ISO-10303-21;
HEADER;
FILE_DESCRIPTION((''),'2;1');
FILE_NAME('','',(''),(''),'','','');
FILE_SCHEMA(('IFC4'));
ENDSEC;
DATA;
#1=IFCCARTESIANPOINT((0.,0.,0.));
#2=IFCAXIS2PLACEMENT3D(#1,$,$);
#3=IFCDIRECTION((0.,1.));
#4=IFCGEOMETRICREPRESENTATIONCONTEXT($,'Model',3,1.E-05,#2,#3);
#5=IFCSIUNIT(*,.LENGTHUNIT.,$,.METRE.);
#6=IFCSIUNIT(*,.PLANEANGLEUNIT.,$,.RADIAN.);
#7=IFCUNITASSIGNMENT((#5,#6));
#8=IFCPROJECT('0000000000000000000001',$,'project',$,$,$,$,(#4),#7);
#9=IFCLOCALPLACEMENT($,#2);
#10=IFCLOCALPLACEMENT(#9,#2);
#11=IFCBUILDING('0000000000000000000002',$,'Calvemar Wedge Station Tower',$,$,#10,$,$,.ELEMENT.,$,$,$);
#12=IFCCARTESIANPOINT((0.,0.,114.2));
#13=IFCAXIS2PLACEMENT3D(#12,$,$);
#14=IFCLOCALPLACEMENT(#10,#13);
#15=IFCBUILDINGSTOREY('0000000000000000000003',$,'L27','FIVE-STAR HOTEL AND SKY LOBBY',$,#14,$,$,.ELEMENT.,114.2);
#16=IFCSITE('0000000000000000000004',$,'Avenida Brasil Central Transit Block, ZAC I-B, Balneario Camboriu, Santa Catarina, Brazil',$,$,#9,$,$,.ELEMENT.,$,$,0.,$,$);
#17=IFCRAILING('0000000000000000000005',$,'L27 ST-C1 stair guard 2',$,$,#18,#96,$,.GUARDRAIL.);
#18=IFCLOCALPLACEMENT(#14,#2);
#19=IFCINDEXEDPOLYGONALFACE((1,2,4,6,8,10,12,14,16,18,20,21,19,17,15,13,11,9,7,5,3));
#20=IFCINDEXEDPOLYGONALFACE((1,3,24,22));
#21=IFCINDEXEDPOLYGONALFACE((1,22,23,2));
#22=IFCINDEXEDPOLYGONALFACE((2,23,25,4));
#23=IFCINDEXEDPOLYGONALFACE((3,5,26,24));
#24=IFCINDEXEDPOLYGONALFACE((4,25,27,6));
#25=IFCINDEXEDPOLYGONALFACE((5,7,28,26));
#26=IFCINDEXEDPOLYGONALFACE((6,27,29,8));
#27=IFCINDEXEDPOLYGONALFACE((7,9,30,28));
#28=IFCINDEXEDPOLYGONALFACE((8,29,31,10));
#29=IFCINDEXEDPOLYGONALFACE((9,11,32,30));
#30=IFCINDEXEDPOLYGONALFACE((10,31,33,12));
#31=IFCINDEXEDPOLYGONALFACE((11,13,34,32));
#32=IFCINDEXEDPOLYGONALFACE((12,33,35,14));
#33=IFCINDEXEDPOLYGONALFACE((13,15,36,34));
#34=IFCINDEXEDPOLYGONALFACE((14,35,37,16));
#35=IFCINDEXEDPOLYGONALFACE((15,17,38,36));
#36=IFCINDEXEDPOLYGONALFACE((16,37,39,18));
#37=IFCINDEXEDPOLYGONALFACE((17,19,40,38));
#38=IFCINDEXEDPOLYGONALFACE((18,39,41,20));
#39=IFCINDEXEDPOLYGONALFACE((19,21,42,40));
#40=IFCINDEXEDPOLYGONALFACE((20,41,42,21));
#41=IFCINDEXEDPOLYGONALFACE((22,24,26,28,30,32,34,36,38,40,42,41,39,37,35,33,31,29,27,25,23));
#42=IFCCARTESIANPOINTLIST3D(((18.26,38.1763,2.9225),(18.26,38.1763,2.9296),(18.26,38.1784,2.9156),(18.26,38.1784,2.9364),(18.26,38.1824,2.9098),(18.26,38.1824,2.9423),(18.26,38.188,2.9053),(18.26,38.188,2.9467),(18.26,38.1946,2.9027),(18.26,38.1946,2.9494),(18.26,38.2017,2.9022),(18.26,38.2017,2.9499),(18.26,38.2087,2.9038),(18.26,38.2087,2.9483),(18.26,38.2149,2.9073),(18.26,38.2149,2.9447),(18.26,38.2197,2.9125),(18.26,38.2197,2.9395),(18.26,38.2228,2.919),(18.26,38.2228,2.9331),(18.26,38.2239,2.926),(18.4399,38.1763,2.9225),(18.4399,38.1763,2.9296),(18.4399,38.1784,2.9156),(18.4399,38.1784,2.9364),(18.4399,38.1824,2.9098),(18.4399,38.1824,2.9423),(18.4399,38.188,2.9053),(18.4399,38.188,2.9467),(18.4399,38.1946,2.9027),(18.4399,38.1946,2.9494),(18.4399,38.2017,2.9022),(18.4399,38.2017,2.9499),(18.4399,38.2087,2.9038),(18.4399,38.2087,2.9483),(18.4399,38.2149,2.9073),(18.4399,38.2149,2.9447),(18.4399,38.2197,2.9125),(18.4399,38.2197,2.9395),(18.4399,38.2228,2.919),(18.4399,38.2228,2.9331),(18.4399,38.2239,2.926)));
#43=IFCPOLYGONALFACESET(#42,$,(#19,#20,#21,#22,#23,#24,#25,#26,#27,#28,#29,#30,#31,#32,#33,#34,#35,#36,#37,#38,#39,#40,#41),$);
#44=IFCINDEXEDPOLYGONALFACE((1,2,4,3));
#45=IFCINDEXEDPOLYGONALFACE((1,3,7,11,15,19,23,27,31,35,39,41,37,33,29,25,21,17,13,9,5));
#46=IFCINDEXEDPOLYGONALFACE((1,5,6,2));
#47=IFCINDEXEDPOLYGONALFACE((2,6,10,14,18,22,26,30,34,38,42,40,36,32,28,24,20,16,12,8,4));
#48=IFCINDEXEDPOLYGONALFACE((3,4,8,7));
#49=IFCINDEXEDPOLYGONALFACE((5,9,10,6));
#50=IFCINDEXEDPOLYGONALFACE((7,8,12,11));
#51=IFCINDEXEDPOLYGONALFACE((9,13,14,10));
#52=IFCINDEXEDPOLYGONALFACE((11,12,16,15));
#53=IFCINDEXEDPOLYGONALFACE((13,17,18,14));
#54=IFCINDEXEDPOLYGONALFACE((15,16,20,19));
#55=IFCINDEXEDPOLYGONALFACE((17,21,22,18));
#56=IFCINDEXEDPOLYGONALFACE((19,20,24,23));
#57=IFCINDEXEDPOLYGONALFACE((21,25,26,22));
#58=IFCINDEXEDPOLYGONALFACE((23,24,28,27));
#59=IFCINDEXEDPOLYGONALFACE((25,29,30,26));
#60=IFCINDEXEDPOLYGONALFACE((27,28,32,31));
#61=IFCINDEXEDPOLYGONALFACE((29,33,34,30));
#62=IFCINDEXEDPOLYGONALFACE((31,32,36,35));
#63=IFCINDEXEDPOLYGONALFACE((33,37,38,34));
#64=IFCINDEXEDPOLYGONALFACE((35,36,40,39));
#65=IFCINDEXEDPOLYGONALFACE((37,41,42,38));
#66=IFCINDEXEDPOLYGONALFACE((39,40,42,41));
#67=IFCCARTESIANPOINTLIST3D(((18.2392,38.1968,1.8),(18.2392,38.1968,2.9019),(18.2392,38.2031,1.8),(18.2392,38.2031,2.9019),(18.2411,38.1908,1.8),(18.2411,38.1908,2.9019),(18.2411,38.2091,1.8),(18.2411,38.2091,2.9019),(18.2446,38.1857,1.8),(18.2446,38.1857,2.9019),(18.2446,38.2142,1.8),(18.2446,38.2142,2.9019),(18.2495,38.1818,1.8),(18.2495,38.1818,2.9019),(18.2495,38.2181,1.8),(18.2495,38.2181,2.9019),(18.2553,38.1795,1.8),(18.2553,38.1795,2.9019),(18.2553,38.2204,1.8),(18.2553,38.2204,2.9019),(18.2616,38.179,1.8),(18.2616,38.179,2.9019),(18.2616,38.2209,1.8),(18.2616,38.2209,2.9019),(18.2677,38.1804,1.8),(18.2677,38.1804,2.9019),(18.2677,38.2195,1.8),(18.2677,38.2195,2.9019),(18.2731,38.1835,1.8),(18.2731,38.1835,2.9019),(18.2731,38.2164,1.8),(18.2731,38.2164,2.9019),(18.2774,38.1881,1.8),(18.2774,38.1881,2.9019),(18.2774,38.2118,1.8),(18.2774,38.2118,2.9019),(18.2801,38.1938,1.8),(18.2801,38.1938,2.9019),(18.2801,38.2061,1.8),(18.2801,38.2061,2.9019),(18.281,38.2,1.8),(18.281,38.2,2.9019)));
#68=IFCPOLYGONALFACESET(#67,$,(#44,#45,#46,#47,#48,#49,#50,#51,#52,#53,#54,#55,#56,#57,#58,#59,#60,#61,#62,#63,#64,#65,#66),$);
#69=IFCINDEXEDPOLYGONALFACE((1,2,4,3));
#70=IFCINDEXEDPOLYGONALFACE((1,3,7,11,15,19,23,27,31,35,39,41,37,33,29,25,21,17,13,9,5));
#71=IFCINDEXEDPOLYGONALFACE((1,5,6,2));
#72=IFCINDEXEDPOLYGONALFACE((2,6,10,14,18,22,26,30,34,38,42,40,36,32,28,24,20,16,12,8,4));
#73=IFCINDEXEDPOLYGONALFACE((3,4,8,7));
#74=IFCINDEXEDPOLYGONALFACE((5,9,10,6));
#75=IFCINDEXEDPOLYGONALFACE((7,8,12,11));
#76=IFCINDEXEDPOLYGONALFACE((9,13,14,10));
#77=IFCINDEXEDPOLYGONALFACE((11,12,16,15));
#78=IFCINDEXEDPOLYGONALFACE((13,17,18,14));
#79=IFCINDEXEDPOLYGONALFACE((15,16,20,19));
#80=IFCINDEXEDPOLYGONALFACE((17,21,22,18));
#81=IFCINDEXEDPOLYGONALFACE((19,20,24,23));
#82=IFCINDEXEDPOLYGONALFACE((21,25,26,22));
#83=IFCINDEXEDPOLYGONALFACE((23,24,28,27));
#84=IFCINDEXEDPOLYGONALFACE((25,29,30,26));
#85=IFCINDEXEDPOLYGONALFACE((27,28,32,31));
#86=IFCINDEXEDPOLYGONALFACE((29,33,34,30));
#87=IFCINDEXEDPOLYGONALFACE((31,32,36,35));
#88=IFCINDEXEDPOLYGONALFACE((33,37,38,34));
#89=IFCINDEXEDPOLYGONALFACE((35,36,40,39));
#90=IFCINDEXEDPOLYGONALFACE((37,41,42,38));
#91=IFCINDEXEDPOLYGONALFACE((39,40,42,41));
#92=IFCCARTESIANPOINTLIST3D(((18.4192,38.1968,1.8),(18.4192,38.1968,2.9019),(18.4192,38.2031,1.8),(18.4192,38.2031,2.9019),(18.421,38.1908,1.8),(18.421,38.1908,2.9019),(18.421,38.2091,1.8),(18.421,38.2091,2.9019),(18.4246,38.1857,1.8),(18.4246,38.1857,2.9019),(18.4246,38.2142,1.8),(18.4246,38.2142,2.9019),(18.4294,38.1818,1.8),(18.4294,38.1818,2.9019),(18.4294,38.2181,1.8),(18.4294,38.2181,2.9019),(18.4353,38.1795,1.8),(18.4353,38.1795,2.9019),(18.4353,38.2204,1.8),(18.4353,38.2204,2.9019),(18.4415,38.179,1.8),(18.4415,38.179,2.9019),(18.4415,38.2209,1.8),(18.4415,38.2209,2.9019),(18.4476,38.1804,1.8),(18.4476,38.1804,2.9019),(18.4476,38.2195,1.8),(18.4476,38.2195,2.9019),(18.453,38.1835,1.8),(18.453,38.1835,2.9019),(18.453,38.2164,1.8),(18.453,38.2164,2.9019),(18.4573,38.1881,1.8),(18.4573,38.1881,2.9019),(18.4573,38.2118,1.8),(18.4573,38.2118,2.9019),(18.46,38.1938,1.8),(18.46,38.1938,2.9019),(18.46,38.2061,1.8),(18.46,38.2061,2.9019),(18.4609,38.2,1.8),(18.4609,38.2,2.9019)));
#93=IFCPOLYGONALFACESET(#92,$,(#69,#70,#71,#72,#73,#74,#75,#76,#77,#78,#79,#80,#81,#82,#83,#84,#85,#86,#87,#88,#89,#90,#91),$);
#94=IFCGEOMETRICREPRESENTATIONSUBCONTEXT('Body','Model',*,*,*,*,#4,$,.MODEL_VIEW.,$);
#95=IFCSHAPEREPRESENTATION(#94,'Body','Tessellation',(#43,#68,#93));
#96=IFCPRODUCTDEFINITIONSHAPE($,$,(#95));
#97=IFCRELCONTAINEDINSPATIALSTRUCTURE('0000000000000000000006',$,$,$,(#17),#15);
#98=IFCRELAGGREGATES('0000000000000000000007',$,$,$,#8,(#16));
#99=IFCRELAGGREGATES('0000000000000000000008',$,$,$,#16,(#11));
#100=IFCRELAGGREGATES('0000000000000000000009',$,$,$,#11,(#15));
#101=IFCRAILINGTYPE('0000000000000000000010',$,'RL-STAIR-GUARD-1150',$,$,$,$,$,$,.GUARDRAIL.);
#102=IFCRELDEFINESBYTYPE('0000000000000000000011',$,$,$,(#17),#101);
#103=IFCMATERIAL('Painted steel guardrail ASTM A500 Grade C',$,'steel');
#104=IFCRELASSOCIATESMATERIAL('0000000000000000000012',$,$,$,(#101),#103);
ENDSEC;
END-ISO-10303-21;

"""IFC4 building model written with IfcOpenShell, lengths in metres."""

from ifc_helpers import new_model, si_unit, direction, frame, origin, origin_2d, place, context, subcontext, project, spatial, circle, extrude, material, type_object, element, save


model = new_model("IFC4")

# Units and contexts
model_context = context("Model", 3, precision=1e-05, world=origin(), true_north=direction((0.0, 1.0)))
body_context = subcontext(model_context, "Body", "Model", "MODEL_VIEW")
ifc_project = project(units=[si_unit("LENGTHUNIT", "METRE"), si_unit("PLANEANGLEUNIT", "RADIAN")], contexts=[model_context])

# Site, building, storey
site_placement = place(None, origin())
site = spatial("IfcSite", under=ifc_project, at=site_placement, Name="Avenida Brasil Central Transit Block, ZAC I-B, Balneario Camboriu, Santa Catarina, Brazil", CompositionType="ELEMENT", RefElevation=0.0)
building_placement = place(site_placement, origin())
building = spatial("IfcBuilding", under=site, at=building_placement, Name="Calvemar Wedge Station Tower", CompositionType="ELEMENT")
storey_placement = place(building_placement, frame((0.0, 0.0, 114.2)))
storey = spatial("IfcBuildingStorey", under=building, at=storey_placement, Name="L27", Description="FIVE-STAR HOTEL AND SKY LOBBY", CompositionType="ELEMENT", Elevation=114.2)

# Railing
ifc_material_1 = material(Name="Painted steel guardrail ASTM A500 Grade C", Category="steel")
railing_type_1 = type_object("IfcRailingType", Name="RL-STAIR-GUARD-1150", PredefinedType="GUARDRAIL", material=ifc_material_1)
railing_1_placement = place(storey_placement, frame((18.26, 38.2, 1.8)))
element("IfcRailing", 1, at=railing_1_placement, inside=storey, type_object=railing_type_1, Name="L27 ST-C1 stair guard 2", PredefinedType="GUARDRAIL", context=body_context, shape_type="SweptSolid", body=[
    extrude(circle(Radius=0.0239, at=origin_2d()), frame((0.0, 0.0, 1.126), z_axis=(1.0, 0.0, 0.0), x_axis=(0.0, 1.0, 0.0)), (0.0, 0.0, 1.0), 0.1799),
    extrude(circle(Radius=0.021, at=origin_2d()), origin(), (0.0, 0.0, 1.0), 1.1018),
    extrude(circle(Radius=0.021, at=origin_2d()), frame((0.1799, 0.0, 0.0)), (0.0, 0.0, 1.0), 1.1018),
])

save(model, "model.ifc")
